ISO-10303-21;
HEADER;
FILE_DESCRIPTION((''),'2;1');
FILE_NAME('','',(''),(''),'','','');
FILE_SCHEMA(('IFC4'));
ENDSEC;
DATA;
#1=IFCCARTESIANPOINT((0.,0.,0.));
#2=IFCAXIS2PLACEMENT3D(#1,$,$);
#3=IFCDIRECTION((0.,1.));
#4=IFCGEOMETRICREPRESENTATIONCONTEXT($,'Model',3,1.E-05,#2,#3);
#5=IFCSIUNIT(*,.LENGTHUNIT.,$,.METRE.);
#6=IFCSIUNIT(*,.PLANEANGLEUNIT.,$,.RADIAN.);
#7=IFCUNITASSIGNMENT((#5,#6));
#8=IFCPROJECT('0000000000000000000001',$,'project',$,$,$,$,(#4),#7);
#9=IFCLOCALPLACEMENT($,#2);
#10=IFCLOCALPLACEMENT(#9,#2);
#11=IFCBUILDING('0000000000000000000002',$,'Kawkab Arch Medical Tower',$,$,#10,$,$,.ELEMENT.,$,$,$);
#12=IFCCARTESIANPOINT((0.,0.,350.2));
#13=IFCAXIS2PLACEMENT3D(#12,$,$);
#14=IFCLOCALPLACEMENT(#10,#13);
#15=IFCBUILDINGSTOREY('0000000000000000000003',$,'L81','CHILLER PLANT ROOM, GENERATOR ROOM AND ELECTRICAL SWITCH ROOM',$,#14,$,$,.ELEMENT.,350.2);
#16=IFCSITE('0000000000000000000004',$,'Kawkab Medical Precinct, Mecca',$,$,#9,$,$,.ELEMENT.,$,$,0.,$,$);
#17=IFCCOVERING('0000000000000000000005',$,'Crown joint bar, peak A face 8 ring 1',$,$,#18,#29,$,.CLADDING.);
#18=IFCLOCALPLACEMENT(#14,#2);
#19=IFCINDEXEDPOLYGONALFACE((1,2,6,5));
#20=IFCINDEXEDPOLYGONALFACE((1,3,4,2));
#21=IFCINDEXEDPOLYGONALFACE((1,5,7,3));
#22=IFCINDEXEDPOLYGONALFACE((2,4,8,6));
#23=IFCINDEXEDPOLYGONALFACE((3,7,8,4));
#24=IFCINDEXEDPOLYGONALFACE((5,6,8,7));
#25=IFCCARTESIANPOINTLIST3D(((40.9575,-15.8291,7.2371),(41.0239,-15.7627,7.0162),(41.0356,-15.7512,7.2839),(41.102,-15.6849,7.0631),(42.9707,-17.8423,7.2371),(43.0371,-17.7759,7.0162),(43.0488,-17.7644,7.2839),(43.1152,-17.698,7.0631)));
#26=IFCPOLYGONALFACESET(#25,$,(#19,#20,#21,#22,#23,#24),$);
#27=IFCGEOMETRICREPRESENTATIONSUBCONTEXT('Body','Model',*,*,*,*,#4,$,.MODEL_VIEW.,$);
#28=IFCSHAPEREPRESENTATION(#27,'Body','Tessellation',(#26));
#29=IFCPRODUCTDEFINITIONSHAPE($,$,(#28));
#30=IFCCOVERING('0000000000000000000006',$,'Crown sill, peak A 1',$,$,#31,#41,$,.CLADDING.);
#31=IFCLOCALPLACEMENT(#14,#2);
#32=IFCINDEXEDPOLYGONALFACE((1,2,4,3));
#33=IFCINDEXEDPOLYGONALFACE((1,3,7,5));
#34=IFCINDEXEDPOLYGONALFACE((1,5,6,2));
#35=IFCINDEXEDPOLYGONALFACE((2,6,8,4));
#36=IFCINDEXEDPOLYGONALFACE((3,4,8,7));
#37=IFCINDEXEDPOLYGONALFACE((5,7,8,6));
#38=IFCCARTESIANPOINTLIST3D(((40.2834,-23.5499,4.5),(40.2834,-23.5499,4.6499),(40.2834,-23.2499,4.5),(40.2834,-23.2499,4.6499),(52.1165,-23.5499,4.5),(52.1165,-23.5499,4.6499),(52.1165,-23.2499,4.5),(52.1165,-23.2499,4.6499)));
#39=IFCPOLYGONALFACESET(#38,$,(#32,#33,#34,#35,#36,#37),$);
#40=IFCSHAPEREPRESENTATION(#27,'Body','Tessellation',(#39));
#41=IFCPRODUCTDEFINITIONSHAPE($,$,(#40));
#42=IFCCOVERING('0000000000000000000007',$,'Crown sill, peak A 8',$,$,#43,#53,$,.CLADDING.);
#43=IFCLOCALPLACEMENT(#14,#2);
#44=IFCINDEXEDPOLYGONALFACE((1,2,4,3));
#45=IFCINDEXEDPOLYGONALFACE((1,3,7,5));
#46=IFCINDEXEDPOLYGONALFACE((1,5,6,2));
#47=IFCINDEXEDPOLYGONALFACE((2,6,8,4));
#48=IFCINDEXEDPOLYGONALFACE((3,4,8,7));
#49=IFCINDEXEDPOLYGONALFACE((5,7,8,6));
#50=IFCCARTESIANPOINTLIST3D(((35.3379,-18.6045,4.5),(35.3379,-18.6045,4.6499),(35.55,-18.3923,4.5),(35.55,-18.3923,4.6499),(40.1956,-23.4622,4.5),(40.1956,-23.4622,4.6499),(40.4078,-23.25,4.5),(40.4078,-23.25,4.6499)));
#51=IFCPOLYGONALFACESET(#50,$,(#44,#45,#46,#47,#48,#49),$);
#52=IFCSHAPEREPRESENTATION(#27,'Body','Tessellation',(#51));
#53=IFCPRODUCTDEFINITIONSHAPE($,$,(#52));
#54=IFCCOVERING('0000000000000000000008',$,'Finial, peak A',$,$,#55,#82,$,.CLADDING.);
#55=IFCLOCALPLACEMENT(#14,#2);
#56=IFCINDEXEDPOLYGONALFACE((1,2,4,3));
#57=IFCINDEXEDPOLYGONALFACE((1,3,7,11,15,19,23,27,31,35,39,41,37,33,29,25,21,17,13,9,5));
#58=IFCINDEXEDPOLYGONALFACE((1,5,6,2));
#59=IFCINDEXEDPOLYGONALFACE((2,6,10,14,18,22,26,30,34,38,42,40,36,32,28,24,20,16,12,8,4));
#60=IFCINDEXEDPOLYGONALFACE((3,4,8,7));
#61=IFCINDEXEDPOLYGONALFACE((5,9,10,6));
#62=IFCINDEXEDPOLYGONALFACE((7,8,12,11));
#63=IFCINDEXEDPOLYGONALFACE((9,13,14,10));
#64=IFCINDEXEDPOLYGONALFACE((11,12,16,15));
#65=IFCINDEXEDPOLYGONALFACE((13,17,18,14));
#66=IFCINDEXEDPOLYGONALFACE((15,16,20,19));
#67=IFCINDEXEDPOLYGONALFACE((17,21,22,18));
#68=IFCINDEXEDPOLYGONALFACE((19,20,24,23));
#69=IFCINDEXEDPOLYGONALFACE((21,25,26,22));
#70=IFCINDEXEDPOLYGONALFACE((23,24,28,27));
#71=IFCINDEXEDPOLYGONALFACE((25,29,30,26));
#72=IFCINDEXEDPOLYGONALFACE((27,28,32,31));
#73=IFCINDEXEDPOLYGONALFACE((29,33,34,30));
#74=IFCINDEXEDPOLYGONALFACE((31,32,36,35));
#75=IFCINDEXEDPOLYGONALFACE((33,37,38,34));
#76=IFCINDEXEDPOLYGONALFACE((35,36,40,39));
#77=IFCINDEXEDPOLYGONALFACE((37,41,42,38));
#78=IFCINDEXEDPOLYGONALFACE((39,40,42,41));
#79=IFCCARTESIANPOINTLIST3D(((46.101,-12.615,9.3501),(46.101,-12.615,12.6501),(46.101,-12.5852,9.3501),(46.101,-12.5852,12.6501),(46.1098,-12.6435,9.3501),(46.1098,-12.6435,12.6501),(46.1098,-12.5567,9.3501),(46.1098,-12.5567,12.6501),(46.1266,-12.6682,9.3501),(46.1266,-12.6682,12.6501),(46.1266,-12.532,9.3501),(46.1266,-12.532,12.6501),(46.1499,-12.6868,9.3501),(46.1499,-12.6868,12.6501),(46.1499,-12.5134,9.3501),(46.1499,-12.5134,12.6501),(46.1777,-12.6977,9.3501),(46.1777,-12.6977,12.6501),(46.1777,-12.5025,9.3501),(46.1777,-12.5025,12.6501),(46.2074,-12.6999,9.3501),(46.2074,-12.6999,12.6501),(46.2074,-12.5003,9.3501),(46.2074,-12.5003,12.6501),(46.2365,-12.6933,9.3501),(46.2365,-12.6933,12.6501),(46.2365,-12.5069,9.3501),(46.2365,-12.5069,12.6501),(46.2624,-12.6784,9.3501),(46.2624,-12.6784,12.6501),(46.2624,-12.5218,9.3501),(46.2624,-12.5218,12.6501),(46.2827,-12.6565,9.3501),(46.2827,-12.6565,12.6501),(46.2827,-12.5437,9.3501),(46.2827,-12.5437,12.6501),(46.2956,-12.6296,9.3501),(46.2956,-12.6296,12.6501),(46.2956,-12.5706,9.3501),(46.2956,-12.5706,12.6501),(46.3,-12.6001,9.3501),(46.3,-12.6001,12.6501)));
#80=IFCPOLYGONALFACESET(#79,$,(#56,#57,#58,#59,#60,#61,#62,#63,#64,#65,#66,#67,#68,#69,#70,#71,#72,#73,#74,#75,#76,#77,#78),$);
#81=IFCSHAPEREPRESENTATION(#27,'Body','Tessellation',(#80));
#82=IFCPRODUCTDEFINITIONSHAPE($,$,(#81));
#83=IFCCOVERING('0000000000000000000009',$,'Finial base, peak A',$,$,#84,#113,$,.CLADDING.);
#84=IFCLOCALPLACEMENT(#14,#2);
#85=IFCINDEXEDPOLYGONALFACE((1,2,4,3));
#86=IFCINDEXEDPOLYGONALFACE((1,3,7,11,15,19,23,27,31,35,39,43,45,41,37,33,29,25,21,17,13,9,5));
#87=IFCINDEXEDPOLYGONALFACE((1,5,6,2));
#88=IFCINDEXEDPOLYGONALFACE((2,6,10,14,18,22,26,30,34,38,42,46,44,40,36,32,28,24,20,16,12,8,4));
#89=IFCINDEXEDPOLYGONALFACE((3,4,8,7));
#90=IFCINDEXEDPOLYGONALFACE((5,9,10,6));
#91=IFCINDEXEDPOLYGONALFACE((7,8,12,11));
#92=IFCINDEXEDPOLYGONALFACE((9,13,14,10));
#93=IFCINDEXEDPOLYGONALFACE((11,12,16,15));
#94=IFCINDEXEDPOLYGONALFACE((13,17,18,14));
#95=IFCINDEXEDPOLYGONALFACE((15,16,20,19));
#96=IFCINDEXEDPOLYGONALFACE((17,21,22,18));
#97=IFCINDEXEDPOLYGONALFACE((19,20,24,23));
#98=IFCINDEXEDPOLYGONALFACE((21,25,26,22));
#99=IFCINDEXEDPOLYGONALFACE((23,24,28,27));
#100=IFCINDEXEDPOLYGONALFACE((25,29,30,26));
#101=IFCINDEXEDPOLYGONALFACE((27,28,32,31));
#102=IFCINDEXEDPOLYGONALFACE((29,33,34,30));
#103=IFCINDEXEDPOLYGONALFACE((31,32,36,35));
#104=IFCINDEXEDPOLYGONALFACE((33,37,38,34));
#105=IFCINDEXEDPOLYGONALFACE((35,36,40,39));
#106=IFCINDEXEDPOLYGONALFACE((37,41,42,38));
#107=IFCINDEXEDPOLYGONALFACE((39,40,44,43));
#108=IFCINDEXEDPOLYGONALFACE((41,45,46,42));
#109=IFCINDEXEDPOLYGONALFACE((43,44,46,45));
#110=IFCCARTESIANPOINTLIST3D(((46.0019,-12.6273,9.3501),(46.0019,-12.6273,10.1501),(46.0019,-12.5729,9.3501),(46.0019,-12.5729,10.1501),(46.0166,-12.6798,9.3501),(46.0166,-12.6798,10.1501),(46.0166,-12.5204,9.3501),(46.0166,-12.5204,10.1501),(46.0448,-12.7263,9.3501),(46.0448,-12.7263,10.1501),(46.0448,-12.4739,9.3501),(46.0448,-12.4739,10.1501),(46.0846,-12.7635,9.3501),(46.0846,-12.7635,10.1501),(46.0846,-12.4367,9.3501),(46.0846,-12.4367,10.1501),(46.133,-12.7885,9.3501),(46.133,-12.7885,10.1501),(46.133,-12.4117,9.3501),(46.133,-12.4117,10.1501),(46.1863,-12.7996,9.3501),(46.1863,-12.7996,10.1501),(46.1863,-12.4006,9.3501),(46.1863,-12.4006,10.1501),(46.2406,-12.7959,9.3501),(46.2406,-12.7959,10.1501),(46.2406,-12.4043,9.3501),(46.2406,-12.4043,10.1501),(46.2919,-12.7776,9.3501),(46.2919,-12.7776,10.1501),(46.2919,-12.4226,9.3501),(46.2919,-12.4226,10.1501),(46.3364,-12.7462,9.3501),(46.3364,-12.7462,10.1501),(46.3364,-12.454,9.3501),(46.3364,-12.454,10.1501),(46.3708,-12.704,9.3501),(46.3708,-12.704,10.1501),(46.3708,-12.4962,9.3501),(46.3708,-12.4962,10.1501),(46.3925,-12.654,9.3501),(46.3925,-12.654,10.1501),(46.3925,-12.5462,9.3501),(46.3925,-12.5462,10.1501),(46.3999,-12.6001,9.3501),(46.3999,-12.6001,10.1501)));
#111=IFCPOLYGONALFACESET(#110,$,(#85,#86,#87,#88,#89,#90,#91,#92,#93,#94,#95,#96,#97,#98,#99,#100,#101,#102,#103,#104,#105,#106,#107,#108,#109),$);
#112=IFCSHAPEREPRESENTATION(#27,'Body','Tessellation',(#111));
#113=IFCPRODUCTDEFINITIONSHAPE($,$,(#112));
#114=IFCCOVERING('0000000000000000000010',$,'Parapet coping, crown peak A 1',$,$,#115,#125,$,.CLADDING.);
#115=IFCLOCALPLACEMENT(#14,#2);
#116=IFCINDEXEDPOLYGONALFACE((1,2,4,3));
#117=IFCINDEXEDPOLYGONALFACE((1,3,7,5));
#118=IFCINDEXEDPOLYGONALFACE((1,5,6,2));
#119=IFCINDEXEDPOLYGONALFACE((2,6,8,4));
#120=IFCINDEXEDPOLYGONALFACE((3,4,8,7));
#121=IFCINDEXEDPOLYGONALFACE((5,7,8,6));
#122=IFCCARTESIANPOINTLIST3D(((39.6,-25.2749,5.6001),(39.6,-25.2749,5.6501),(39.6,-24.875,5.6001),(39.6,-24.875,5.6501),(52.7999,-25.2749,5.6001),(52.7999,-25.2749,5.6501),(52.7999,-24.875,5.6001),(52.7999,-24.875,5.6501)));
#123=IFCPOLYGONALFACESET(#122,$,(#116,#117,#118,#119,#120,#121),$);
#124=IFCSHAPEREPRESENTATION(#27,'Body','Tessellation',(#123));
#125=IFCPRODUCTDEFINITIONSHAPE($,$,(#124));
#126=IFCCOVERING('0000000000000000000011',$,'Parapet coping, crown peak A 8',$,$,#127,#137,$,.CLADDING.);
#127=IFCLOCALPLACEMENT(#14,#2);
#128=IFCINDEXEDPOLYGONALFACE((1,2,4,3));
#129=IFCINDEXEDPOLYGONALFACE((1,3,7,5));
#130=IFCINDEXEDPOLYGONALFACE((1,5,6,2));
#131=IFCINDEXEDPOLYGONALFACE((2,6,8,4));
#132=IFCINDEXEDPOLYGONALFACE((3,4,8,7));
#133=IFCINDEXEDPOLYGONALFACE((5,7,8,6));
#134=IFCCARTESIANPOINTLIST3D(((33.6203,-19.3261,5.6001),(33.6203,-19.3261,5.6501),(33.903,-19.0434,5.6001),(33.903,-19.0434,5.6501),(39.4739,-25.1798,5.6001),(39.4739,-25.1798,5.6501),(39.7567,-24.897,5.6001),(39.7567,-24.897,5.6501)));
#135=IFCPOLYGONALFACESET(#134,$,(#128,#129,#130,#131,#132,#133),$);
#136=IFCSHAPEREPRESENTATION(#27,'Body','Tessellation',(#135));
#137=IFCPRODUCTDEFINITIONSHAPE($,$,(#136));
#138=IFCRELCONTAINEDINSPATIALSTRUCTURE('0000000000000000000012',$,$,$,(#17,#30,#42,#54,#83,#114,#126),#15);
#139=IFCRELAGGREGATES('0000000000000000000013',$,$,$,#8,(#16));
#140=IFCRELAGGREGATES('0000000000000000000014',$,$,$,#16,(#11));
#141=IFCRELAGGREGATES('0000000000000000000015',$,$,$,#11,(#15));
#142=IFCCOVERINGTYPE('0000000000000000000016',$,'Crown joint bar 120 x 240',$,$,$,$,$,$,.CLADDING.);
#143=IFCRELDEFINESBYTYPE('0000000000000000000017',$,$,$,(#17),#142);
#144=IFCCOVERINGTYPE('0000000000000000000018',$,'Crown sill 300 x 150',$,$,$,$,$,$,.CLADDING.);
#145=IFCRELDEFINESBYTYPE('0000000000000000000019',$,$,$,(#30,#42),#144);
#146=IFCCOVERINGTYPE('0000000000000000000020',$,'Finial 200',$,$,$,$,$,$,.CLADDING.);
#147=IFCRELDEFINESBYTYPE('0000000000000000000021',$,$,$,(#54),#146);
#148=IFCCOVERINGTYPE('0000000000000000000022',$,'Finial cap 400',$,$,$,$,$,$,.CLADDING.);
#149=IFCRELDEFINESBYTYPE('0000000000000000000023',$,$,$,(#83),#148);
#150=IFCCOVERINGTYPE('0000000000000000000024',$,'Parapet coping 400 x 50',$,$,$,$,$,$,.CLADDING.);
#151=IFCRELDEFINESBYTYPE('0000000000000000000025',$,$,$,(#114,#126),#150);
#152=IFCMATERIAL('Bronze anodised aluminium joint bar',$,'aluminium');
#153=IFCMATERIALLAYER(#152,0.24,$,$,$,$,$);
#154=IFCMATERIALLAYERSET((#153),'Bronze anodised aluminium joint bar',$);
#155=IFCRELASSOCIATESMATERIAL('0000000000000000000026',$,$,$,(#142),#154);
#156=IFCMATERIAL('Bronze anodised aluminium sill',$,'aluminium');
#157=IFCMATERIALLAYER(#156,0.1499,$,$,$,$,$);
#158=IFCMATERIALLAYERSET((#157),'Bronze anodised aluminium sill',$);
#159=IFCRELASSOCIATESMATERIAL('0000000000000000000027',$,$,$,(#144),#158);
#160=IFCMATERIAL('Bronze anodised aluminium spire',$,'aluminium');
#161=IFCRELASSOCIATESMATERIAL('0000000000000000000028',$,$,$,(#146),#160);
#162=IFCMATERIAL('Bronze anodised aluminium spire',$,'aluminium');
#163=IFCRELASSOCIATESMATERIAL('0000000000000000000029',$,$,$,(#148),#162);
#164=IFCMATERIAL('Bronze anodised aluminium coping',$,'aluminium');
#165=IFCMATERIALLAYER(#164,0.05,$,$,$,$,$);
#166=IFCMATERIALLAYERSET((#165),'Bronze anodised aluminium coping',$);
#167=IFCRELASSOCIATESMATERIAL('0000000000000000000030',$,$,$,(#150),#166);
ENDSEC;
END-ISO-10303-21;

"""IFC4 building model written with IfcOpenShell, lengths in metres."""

from ifc_helpers import new_model, si_unit, direction, frame, origin, origin_2d, place, context, subcontext, project, spatial, polyline, rectangle, circle, outline, extrude, material, layer, layer_set, material_profile, profile_set, type_object, element, save


model = new_model("IFC4")

# Units and contexts
model_context = context("Model", 3, precision=1e-05, world=origin(), true_north=direction((0.0, 1.0)))
body_context = subcontext(model_context, "Body", "Model", "MODEL_VIEW")
ifc_project = project(units=[si_unit("LENGTHUNIT", "METRE"), si_unit("PLANEANGLEUNIT", "RADIAN")], contexts=[model_context])

# Site, building, storey
site_placement = place(None, origin())
site = spatial("IfcSite", under=ifc_project, at=site_placement, Name="Kawkab Medical Precinct, Mecca", CompositionType="ELEMENT", RefElevation=0.0)
building_placement = place(site_placement, origin())
building = spatial("IfcBuilding", under=site, at=building_placement, Name="Kawkab Arch Medical Tower", CompositionType="ELEMENT")
storey_placement = place(building_placement, frame((0.0, 0.0, 350.2)))
storey = spatial("IfcBuildingStorey", under=building, at=storey_placement, Name="L81", Description="CHILLER PLANT ROOM, GENERATOR ROOM AND ELECTRICAL SWITCH ROOM", CompositionType="ELEMENT", Elevation=350.2)

# Coverings
ifc_material_1 = material(Name="Bronze anodised aluminium joint bar", Category="aluminium")
ifc_layer_1 = layer(ifc_material_1, 0.24)
ifc_layer_set_1 = layer_set([ifc_layer_1], Name="Bronze anodised aluminium joint bar")
covering_type_1 = type_object("IfcCoveringType", Name="Crown joint bar 120 x 240", PredefinedType="CLADDING", material=ifc_layer_set_1)
covering_1_placement = place(storey_placement, frame((40.9575, -15.8291, 7.2371), z_axis=(-0.276539, -0.276539, 0.920355), x_axis=(0.707107, -0.707107, 0.0)))
element("IfcCovering", 1, at=covering_1_placement, inside=storey, type_object=covering_type_1, Name="Crown joint bar, peak A face 8 ring 1", PredefinedType="CLADDING", context=body_context, shape_type="SweptSolid", body=[
    extrude(outline(polyline([(0.0, 0.0), (2.8471, 0.0), (2.8472, 0.1199), (0.0002, 0.1199), (0.0, 0.0)])), origin(), (0.0, 0.0, -1.0), 0.24),
])
ifc_material_2 = material(Name="Bronze anodised aluminium sill", Category="aluminium")
ifc_layer_2 = layer(ifc_material_2, 0.1499)
ifc_layer_set_2 = layer_set([ifc_layer_2], Name="Bronze anodised aluminium sill")
covering_type_2 = type_object("IfcCoveringType", Name="Crown sill 300 x 150", PredefinedType="CLADDING", material=ifc_layer_set_2)
covering_2_placement = place(storey_placement, frame((46.2, -23.3999, 4.5), z_axis=(0.0, 0.0, 1.0), x_axis=(1.0, 0.0, 0.0)))
element("IfcCovering", 2, at=covering_2_placement, inside=storey, type_object=covering_type_2, Name="Crown sill, peak A 1", PredefinedType="CLADDING", context=body_context, shape_type="SweptSolid", body=[
    extrude(rectangle(XDim=11.833, YDim=0.3, at=origin_2d()), origin(), (0.0, 0.0, 1.0), 0.1499),
])
covering_3_placement = place(storey_placement, frame((37.8728, -20.9272, 4.5), z_axis=(0.0, 0.0, 1.0), x_axis=(0.707107, -0.707107, 0.0)))
element("IfcCovering", 3, at=covering_3_placement, inside=storey, type_object=covering_type_2, Name="Crown sill, peak A 8", PredefinedType="CLADDING", context=body_context, shape_type="SweptSolid", body=[
    extrude(rectangle(XDim=6.8699, YDim=0.3, at=origin_2d()), origin(), (0.0, 0.0, 1.0), 0.1499),
])
ifc_material_3 = material(Name="Bronze anodised aluminium spire", Category="aluminium")
ifc_material_profile_1 = material_profile(ifc_material_3, circle(Radius=0.1001, at=origin_2d()), Name="Finial 200")
ifc_profile_set_1 = profile_set([ifc_material_profile_1], Name="Bronze anodised aluminium spire")
covering_type_3 = type_object("IfcCoveringType", Name="Finial 200", PredefinedType="CLADDING", material=ifc_profile_set_1)
placement_1 = place(storey_placement, frame((46.2, -12.6001, 9.3501), z_axis=(0.0, 0.0, 1.0), x_axis=(1.0, 0.0, 0.0)))
element("IfcCovering", 4, at=placement_1, inside=storey, type_object=covering_type_3, Name="Finial, peak A", PredefinedType="CLADDING", context=body_context, shape_type="SweptSolid", body=[
    extrude(circle(Radius=0.1001, at=origin_2d()), origin(), (0.0, 0.0, 1.0), 3.3),
])
ifc_material_4 = material(Name="Bronze anodised aluminium spire", Category="aluminium")
ifc_material_profile_2 = material_profile(ifc_material_4, circle(Radius=0.2, at=origin_2d()), Name="Finial cap 400")
ifc_profile_set_2 = profile_set([ifc_material_profile_2], Name="Bronze anodised aluminium spire")
covering_type_4 = type_object("IfcCoveringType", Name="Finial cap 400", PredefinedType="CLADDING", material=ifc_profile_set_2)
element("IfcCovering", 5, at=placement_1, inside=storey, type_object=covering_type_4, Name="Finial base, peak A", PredefinedType="CLADDING", context=body_context, shape_type="SweptSolid", body=[
    extrude(circle(Radius=0.2, at=origin_2d()), origin(), (0.0, 0.0, 1.0), 0.8),
])
ifc_material_5 = material(Name="Bronze anodised aluminium coping", Category="aluminium")
ifc_layer_3 = layer(ifc_material_5, 0.05)
ifc_layer_set_3 = layer_set([ifc_layer_3], Name="Bronze anodised aluminium coping")
covering_type_5 = type_object("IfcCoveringType", Name="Parapet coping 400 x 50", PredefinedType="CLADDING", material=ifc_layer_set_3)
covering_4_placement = place(storey_placement, frame((46.2, -25.075, 5.6001), z_axis=(0.0, 0.0, 1.0), x_axis=(1.0, 0.0, 0.0)))
element("IfcCovering", 6, at=covering_4_placement, inside=storey, type_object=covering_type_5, Name="Parapet coping, crown peak A 1", PredefinedType="CLADDING", context=body_context, shape_type="SweptSolid", body=[
    extrude(rectangle(XDim=13.2, YDim=0.3999, at=origin_2d()), origin(), (0.0, 0.0, 1.0), 0.05),
])
covering_5_placement = place(storey_placement, frame((36.6885, -22.1116, 5.6001), z_axis=(0.0, 0.0, 1.0), x_axis=(0.707107, -0.707107, 0.0)))
element("IfcCovering", 7, at=covering_5_placement, inside=storey, type_object=covering_type_5, Name="Parapet coping, crown peak A 8", PredefinedType="CLADDING", context=body_context, shape_type="SweptSolid", body=[
    extrude(rectangle(XDim=8.2783, YDim=0.3999, at=origin_2d()), origin(), (0.0, 0.0, 1.0), 0.05),
])

save(model, "model.ifc")
